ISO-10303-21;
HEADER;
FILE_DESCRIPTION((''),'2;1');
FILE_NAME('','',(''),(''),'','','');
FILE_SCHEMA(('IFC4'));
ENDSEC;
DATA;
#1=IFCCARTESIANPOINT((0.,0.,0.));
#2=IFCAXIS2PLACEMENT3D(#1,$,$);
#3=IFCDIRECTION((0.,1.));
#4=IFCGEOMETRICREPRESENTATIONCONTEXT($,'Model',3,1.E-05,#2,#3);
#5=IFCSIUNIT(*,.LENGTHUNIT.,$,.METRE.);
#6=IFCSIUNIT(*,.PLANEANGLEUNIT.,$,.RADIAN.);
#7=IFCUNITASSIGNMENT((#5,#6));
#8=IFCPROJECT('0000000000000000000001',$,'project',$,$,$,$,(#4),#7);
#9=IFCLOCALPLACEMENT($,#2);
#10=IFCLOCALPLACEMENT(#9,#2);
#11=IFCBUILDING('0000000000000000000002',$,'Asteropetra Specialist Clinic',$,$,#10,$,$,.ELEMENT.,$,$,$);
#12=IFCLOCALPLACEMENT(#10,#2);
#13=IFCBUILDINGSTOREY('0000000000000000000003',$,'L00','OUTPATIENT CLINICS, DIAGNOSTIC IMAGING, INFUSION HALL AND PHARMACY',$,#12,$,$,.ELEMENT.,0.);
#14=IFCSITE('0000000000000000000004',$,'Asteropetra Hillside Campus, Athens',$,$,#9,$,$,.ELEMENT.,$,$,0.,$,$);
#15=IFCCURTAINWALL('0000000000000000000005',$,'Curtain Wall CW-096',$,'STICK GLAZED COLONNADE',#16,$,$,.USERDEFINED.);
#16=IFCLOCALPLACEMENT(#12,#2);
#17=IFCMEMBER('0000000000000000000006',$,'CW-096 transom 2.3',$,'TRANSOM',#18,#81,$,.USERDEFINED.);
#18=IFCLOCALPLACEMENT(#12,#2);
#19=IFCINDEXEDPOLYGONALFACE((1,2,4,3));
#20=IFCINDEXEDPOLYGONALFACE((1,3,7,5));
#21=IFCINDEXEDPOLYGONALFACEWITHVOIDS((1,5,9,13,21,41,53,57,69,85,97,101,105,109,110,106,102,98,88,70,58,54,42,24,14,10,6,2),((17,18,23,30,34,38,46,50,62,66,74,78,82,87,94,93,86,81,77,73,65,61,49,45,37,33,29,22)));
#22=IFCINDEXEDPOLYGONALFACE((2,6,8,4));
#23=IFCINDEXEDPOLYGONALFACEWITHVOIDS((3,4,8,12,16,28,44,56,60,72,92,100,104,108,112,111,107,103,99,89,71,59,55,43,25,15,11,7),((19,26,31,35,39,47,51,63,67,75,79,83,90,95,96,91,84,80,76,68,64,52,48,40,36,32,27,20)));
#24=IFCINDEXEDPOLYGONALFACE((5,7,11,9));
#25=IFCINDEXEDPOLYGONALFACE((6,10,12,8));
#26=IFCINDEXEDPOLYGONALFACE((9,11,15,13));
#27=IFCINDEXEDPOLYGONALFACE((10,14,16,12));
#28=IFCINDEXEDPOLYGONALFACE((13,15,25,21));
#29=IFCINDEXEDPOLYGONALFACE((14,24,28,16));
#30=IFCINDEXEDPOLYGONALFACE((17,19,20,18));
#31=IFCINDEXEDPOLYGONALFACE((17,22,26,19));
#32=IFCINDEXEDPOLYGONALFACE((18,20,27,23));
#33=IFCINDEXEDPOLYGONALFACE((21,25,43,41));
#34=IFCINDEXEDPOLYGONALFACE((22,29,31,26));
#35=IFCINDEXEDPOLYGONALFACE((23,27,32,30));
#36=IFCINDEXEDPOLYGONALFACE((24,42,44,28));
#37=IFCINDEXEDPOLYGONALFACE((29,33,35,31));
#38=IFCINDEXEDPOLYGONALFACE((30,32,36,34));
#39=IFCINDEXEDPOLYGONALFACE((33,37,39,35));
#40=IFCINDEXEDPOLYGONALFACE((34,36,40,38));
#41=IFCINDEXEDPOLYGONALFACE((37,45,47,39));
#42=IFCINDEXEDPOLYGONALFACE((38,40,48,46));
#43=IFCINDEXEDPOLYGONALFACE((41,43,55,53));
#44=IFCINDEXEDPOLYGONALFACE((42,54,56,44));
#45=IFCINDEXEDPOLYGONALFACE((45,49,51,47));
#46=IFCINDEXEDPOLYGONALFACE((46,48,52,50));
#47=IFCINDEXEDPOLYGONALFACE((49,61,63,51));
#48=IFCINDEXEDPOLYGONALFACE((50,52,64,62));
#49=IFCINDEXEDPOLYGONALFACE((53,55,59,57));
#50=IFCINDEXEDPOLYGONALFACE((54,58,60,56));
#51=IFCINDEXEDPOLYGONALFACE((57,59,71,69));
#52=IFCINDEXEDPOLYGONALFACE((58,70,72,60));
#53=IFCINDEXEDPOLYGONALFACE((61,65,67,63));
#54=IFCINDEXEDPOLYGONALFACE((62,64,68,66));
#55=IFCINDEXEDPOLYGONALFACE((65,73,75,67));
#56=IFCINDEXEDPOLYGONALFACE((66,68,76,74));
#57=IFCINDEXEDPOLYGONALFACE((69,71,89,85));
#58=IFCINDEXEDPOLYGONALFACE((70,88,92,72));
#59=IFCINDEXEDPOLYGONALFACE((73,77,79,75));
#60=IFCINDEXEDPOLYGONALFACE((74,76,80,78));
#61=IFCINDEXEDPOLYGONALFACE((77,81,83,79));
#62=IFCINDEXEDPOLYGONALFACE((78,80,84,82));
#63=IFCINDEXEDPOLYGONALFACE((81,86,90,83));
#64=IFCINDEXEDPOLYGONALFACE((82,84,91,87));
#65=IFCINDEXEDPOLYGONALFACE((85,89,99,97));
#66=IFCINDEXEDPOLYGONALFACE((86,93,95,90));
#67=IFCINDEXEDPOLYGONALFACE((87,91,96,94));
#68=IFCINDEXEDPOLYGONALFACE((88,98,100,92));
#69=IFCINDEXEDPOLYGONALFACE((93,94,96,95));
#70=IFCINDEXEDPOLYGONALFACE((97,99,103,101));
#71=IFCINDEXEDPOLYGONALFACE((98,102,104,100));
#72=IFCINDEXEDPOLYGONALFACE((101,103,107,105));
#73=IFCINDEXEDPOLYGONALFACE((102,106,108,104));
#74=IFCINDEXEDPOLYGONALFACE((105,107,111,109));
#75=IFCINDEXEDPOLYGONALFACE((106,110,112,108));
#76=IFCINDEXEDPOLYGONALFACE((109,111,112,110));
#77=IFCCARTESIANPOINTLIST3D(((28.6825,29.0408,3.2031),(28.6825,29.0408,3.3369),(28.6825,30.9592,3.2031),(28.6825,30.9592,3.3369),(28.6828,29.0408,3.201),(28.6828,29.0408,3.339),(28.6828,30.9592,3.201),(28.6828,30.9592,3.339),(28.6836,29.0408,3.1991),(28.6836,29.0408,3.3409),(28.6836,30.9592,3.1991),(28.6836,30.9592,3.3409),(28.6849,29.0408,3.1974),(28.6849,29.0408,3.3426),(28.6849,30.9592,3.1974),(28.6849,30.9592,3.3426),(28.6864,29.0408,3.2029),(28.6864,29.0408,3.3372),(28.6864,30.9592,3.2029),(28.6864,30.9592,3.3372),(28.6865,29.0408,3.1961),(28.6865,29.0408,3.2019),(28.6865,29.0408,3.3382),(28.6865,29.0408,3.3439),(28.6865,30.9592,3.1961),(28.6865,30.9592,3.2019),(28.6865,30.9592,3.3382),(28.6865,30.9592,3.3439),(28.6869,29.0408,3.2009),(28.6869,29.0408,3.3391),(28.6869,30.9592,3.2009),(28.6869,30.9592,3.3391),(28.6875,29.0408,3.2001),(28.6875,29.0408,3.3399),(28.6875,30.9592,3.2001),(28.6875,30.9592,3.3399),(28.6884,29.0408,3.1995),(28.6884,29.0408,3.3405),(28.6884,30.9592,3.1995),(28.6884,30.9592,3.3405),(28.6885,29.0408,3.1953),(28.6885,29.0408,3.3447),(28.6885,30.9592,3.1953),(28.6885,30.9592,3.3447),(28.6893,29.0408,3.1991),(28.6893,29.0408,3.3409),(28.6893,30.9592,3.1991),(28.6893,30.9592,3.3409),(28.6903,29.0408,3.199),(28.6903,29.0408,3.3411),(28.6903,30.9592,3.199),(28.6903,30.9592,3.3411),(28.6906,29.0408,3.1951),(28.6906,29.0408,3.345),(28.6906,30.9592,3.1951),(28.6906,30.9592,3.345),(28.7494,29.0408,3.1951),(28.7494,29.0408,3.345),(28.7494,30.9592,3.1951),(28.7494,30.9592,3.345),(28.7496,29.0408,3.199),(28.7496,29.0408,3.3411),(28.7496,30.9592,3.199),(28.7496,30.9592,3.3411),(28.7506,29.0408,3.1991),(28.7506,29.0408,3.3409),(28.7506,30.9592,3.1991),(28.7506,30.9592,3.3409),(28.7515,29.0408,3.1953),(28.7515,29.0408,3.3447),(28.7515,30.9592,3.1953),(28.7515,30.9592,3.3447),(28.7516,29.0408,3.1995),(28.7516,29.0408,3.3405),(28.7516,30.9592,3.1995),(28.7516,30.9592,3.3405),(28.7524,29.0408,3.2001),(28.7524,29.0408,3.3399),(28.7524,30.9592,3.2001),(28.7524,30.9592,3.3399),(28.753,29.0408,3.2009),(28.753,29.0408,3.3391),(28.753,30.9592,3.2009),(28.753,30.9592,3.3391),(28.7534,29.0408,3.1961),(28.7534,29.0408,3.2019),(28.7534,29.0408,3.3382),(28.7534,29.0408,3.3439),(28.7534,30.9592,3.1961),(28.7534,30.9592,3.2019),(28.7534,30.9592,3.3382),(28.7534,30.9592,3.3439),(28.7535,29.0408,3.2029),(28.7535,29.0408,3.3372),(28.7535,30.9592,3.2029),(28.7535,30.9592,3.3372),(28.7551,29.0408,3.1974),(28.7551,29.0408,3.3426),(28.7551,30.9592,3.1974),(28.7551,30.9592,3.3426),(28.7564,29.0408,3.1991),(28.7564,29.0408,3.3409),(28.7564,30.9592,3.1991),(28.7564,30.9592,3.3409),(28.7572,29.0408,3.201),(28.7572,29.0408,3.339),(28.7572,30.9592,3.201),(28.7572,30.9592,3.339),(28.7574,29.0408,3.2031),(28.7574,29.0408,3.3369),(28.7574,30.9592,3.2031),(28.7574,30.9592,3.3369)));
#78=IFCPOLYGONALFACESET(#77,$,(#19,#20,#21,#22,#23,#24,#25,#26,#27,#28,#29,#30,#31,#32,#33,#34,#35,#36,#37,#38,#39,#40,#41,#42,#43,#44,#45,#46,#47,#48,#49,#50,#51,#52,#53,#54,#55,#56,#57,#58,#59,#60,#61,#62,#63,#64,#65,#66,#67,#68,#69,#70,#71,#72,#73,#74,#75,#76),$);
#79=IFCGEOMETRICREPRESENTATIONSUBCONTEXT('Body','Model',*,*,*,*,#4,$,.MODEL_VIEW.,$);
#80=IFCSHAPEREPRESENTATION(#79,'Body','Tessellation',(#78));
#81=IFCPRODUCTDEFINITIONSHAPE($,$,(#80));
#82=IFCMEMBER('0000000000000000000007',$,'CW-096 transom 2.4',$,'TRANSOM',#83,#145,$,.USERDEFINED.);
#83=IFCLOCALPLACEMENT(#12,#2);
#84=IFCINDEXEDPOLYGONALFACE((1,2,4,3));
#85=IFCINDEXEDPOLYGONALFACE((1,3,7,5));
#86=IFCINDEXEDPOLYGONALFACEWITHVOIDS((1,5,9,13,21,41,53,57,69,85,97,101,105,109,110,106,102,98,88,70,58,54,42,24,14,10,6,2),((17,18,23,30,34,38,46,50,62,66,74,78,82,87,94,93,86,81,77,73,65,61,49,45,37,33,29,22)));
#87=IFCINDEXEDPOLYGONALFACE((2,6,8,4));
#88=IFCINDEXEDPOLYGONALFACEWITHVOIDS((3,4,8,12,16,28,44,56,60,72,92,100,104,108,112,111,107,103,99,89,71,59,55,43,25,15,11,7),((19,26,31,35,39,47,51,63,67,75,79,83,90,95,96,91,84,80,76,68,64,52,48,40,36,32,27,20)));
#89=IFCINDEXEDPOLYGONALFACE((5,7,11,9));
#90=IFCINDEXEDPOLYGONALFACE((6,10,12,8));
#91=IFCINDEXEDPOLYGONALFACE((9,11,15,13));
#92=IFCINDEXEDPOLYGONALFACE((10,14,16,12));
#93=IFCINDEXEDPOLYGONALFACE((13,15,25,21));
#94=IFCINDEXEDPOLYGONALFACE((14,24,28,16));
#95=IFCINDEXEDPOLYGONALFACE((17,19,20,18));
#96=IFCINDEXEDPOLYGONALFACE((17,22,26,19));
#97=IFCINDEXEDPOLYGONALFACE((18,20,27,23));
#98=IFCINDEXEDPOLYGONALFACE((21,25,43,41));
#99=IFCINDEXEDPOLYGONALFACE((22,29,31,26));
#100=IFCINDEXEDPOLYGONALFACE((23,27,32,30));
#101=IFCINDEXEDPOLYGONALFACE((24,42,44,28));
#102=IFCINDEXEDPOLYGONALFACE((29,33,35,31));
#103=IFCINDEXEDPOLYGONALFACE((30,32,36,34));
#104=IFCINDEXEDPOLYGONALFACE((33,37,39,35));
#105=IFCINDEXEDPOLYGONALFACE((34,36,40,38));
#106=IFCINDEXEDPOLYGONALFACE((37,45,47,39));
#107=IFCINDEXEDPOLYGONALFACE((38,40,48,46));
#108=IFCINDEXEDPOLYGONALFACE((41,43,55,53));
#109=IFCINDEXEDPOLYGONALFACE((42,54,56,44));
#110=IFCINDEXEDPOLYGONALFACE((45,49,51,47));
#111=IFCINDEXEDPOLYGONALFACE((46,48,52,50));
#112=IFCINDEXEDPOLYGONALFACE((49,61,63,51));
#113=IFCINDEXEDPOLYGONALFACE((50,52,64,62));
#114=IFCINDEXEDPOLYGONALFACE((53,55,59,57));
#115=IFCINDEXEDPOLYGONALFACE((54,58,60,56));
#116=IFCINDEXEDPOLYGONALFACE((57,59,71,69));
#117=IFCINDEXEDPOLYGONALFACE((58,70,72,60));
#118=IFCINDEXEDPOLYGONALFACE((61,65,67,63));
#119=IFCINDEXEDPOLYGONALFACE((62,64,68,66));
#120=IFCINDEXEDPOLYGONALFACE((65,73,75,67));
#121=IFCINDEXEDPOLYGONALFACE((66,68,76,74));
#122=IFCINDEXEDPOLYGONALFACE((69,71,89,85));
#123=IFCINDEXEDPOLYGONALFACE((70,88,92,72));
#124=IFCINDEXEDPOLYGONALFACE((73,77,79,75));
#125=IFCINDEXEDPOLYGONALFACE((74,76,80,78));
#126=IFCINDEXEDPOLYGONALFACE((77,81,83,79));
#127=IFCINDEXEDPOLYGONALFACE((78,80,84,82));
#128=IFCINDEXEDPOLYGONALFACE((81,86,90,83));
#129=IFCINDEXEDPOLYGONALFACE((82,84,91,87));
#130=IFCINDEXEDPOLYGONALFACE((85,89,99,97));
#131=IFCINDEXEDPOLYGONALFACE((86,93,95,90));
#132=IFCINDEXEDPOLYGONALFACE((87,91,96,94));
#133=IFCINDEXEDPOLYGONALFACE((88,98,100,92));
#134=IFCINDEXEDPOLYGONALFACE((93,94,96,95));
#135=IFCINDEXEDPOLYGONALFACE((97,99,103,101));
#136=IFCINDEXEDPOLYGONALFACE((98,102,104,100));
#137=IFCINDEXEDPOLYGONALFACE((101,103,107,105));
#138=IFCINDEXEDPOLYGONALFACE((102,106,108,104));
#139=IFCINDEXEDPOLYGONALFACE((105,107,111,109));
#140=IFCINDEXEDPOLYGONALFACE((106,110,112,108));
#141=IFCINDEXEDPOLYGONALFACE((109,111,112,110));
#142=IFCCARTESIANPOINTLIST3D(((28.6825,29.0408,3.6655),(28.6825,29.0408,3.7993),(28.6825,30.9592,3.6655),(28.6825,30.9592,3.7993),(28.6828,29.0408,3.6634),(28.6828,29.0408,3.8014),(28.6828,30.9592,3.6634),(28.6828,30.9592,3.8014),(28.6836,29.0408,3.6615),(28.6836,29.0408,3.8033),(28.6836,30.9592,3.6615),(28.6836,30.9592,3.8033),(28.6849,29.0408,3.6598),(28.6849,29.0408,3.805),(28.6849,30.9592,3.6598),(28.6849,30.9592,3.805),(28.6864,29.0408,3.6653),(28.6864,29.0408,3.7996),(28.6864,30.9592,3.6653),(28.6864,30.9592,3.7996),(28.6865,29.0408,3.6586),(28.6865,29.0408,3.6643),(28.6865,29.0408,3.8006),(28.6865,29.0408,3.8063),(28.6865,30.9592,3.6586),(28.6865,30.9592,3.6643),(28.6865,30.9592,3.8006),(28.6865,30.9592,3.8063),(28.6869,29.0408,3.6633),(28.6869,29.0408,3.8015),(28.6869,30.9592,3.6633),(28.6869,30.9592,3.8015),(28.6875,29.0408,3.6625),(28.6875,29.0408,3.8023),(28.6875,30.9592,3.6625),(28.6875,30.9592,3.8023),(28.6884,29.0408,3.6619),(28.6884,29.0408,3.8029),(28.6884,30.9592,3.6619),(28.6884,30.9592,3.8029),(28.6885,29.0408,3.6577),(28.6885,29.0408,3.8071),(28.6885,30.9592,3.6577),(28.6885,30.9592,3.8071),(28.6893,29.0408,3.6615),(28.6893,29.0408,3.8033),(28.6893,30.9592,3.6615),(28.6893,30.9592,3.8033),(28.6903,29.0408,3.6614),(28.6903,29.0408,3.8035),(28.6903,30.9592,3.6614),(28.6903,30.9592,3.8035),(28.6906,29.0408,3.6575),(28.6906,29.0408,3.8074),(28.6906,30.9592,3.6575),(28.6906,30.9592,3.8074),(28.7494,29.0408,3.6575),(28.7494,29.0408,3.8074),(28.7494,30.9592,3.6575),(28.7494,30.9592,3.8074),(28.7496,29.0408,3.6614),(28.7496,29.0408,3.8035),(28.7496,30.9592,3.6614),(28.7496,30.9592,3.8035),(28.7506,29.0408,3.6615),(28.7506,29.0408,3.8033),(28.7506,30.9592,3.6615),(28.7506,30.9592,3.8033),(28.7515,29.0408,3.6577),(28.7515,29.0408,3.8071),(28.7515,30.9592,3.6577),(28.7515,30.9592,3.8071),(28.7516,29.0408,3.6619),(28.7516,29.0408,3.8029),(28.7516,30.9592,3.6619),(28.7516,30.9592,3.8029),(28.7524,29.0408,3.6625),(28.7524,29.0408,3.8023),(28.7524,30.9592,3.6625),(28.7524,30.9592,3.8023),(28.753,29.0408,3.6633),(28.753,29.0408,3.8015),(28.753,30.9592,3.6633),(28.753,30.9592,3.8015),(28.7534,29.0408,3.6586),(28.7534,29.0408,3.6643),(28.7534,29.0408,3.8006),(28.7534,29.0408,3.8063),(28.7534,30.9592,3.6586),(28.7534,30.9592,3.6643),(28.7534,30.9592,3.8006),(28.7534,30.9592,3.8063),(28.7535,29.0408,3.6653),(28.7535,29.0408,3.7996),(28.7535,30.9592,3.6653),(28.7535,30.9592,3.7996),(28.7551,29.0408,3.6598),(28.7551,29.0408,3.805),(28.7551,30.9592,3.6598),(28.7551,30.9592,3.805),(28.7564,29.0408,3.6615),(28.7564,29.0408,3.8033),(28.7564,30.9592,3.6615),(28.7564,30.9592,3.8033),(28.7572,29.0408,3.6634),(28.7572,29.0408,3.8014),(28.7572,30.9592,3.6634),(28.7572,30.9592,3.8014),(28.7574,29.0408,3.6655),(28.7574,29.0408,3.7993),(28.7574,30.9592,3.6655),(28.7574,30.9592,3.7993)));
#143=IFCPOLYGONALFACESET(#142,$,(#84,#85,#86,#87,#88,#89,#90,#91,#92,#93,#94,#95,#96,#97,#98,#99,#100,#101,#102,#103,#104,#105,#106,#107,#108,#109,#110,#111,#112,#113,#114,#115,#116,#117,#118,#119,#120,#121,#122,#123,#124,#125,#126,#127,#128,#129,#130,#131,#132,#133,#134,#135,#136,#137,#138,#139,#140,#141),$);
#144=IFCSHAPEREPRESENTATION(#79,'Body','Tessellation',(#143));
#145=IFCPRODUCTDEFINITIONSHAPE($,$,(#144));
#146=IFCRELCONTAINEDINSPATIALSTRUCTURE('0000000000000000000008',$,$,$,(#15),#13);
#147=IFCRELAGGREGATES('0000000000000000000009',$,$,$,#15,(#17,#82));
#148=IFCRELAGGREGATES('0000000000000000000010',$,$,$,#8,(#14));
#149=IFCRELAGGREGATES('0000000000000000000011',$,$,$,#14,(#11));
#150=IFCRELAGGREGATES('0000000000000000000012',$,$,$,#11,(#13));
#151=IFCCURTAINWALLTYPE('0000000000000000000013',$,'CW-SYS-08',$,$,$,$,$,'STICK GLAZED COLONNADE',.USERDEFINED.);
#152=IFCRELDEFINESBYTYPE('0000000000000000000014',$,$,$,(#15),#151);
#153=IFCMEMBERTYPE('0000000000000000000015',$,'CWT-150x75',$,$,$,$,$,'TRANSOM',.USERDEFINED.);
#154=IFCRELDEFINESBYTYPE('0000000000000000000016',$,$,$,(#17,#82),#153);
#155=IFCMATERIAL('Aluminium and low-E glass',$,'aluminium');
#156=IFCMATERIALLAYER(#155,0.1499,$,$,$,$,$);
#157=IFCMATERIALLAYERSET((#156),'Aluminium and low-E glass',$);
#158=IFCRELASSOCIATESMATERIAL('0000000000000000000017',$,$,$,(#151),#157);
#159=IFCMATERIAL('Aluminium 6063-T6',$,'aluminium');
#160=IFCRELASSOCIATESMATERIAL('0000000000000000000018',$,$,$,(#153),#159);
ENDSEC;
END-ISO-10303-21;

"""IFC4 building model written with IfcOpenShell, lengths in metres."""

from ifc_helpers import new_model, si_unit, direction, frame, origin, origin_2d, place, context, subcontext, project, spatial, hollow_rectangle, extrude, material, layer, layer_set, material_profile, profile_set, type_object, element, aggregate, save


model = new_model("IFC4")

# Units and contexts
model_context = context("Model", 3, precision=1e-05, world=origin(), true_north=direction((0.0, 1.0)))
body_context = subcontext(model_context, "Body", "Model", "MODEL_VIEW")
ifc_project = project(units=[si_unit("LENGTHUNIT", "METRE"), si_unit("PLANEANGLEUNIT", "RADIAN")], contexts=[model_context])

# Site, building, storey
site_placement = place(None, origin())
site = spatial("IfcSite", under=ifc_project, at=site_placement, Name="Asteropetra Hillside Campus, Athens", CompositionType="ELEMENT", RefElevation=0.0)
building_placement = place(site_placement, origin())
building = spatial("IfcBuilding", under=site, at=building_placement, Name="Asteropetra Specialist Clinic", CompositionType="ELEMENT")
storey_placement = place(building_placement, origin())
storey = spatial("IfcBuildingStorey", under=building, at=storey_placement, Name="L00", Description="OUTPATIENT CLINICS, DIAGNOSTIC IMAGING, INFUSION HALL AND PHARMACY", CompositionType="ELEMENT", Elevation=0.0)

# Curtain wall, members
ifc_material_1 = material(Name="Aluminium and low-E glass", Category="aluminium")
ifc_layer_1 = layer(ifc_material_1, 0.1499)
ifc_layer_set_1 = layer_set([ifc_layer_1], Name="Aluminium and low-E glass")
curtain_wall_type = type_object("IfcCurtainWallType", Name="CW-SYS-08", ElementType="STICK GLAZED COLONNADE", PredefinedType="USERDEFINED", material=ifc_layer_set_1)
curtain_wall_placement = place(storey_placement, origin())
curtain_wall = element("IfcCurtainWall", 1, at=curtain_wall_placement, inside=storey, type_object=curtain_wall_type, Name="Curtain Wall CW-096", ObjectType="STICK GLAZED COLONNADE", PredefinedType="USERDEFINED")
ifc_material_2 = material(Name="Aluminium 6063-T6", Category="aluminium")
ifc_material_profile_1 = material_profile(ifc_material_2, hollow_rectangle(XDim=0.075, YDim=0.1499, WallThickness=0.0039, InnerFilletRadius=0.0039, OuterFilletRadius=0.0081, at=origin_2d()), Name="TRN 150x75x4.0")
ifc_profile_set_1 = profile_set([ifc_material_profile_1], Name="Aluminium 6063-T6")
member_type_1 = type_object("IfcMemberType", Name="CWT-150x75", ElementType="TRANSOM", PredefinedType="USERDEFINED", material=ifc_profile_set_1)
member_1_placement = place(storey_placement, frame((28.72, 30.9592, 3.27), z_axis=(0.0, -1.0, 0.0), x_axis=(1.0, 0.0, 0.0)))
member_1 = element("IfcMember", 2, at=member_1_placement, type_object=member_type_1, Name="CW-096 transom 2.3", ObjectType="TRANSOM", PredefinedType="USERDEFINED", context=body_context, shape_type="SweptSolid", body=[
    extrude(hollow_rectangle(XDim=0.075, YDim=0.1499, WallThickness=0.0039, InnerFilletRadius=0.0039, OuterFilletRadius=0.0081, at=origin_2d()), origin(), (0.0, 0.0, 1.0), 1.9185),
])
member_2_placement = place(storey_placement, frame((28.72, 30.9592, 3.7324), z_axis=(0.0, -1.0, 0.0), x_axis=(1.0, 0.0, 0.0)))
member_2 = element("IfcMember", 3, at=member_2_placement, type_object=member_type_1, Name="CW-096 transom 2.4", ObjectType="TRANSOM", PredefinedType="USERDEFINED", context=body_context, shape_type="SweptSolid", body=[
    extrude(hollow_rectangle(XDim=0.075, YDim=0.1499, WallThickness=0.0039, InnerFilletRadius=0.0039, OuterFilletRadius=0.0081, at=origin_2d()), origin(), (0.0, 0.0, 1.0), 1.9185),
])
aggregate(curtain_wall, [member_1, member_2])

save(model, "model.ifc")
